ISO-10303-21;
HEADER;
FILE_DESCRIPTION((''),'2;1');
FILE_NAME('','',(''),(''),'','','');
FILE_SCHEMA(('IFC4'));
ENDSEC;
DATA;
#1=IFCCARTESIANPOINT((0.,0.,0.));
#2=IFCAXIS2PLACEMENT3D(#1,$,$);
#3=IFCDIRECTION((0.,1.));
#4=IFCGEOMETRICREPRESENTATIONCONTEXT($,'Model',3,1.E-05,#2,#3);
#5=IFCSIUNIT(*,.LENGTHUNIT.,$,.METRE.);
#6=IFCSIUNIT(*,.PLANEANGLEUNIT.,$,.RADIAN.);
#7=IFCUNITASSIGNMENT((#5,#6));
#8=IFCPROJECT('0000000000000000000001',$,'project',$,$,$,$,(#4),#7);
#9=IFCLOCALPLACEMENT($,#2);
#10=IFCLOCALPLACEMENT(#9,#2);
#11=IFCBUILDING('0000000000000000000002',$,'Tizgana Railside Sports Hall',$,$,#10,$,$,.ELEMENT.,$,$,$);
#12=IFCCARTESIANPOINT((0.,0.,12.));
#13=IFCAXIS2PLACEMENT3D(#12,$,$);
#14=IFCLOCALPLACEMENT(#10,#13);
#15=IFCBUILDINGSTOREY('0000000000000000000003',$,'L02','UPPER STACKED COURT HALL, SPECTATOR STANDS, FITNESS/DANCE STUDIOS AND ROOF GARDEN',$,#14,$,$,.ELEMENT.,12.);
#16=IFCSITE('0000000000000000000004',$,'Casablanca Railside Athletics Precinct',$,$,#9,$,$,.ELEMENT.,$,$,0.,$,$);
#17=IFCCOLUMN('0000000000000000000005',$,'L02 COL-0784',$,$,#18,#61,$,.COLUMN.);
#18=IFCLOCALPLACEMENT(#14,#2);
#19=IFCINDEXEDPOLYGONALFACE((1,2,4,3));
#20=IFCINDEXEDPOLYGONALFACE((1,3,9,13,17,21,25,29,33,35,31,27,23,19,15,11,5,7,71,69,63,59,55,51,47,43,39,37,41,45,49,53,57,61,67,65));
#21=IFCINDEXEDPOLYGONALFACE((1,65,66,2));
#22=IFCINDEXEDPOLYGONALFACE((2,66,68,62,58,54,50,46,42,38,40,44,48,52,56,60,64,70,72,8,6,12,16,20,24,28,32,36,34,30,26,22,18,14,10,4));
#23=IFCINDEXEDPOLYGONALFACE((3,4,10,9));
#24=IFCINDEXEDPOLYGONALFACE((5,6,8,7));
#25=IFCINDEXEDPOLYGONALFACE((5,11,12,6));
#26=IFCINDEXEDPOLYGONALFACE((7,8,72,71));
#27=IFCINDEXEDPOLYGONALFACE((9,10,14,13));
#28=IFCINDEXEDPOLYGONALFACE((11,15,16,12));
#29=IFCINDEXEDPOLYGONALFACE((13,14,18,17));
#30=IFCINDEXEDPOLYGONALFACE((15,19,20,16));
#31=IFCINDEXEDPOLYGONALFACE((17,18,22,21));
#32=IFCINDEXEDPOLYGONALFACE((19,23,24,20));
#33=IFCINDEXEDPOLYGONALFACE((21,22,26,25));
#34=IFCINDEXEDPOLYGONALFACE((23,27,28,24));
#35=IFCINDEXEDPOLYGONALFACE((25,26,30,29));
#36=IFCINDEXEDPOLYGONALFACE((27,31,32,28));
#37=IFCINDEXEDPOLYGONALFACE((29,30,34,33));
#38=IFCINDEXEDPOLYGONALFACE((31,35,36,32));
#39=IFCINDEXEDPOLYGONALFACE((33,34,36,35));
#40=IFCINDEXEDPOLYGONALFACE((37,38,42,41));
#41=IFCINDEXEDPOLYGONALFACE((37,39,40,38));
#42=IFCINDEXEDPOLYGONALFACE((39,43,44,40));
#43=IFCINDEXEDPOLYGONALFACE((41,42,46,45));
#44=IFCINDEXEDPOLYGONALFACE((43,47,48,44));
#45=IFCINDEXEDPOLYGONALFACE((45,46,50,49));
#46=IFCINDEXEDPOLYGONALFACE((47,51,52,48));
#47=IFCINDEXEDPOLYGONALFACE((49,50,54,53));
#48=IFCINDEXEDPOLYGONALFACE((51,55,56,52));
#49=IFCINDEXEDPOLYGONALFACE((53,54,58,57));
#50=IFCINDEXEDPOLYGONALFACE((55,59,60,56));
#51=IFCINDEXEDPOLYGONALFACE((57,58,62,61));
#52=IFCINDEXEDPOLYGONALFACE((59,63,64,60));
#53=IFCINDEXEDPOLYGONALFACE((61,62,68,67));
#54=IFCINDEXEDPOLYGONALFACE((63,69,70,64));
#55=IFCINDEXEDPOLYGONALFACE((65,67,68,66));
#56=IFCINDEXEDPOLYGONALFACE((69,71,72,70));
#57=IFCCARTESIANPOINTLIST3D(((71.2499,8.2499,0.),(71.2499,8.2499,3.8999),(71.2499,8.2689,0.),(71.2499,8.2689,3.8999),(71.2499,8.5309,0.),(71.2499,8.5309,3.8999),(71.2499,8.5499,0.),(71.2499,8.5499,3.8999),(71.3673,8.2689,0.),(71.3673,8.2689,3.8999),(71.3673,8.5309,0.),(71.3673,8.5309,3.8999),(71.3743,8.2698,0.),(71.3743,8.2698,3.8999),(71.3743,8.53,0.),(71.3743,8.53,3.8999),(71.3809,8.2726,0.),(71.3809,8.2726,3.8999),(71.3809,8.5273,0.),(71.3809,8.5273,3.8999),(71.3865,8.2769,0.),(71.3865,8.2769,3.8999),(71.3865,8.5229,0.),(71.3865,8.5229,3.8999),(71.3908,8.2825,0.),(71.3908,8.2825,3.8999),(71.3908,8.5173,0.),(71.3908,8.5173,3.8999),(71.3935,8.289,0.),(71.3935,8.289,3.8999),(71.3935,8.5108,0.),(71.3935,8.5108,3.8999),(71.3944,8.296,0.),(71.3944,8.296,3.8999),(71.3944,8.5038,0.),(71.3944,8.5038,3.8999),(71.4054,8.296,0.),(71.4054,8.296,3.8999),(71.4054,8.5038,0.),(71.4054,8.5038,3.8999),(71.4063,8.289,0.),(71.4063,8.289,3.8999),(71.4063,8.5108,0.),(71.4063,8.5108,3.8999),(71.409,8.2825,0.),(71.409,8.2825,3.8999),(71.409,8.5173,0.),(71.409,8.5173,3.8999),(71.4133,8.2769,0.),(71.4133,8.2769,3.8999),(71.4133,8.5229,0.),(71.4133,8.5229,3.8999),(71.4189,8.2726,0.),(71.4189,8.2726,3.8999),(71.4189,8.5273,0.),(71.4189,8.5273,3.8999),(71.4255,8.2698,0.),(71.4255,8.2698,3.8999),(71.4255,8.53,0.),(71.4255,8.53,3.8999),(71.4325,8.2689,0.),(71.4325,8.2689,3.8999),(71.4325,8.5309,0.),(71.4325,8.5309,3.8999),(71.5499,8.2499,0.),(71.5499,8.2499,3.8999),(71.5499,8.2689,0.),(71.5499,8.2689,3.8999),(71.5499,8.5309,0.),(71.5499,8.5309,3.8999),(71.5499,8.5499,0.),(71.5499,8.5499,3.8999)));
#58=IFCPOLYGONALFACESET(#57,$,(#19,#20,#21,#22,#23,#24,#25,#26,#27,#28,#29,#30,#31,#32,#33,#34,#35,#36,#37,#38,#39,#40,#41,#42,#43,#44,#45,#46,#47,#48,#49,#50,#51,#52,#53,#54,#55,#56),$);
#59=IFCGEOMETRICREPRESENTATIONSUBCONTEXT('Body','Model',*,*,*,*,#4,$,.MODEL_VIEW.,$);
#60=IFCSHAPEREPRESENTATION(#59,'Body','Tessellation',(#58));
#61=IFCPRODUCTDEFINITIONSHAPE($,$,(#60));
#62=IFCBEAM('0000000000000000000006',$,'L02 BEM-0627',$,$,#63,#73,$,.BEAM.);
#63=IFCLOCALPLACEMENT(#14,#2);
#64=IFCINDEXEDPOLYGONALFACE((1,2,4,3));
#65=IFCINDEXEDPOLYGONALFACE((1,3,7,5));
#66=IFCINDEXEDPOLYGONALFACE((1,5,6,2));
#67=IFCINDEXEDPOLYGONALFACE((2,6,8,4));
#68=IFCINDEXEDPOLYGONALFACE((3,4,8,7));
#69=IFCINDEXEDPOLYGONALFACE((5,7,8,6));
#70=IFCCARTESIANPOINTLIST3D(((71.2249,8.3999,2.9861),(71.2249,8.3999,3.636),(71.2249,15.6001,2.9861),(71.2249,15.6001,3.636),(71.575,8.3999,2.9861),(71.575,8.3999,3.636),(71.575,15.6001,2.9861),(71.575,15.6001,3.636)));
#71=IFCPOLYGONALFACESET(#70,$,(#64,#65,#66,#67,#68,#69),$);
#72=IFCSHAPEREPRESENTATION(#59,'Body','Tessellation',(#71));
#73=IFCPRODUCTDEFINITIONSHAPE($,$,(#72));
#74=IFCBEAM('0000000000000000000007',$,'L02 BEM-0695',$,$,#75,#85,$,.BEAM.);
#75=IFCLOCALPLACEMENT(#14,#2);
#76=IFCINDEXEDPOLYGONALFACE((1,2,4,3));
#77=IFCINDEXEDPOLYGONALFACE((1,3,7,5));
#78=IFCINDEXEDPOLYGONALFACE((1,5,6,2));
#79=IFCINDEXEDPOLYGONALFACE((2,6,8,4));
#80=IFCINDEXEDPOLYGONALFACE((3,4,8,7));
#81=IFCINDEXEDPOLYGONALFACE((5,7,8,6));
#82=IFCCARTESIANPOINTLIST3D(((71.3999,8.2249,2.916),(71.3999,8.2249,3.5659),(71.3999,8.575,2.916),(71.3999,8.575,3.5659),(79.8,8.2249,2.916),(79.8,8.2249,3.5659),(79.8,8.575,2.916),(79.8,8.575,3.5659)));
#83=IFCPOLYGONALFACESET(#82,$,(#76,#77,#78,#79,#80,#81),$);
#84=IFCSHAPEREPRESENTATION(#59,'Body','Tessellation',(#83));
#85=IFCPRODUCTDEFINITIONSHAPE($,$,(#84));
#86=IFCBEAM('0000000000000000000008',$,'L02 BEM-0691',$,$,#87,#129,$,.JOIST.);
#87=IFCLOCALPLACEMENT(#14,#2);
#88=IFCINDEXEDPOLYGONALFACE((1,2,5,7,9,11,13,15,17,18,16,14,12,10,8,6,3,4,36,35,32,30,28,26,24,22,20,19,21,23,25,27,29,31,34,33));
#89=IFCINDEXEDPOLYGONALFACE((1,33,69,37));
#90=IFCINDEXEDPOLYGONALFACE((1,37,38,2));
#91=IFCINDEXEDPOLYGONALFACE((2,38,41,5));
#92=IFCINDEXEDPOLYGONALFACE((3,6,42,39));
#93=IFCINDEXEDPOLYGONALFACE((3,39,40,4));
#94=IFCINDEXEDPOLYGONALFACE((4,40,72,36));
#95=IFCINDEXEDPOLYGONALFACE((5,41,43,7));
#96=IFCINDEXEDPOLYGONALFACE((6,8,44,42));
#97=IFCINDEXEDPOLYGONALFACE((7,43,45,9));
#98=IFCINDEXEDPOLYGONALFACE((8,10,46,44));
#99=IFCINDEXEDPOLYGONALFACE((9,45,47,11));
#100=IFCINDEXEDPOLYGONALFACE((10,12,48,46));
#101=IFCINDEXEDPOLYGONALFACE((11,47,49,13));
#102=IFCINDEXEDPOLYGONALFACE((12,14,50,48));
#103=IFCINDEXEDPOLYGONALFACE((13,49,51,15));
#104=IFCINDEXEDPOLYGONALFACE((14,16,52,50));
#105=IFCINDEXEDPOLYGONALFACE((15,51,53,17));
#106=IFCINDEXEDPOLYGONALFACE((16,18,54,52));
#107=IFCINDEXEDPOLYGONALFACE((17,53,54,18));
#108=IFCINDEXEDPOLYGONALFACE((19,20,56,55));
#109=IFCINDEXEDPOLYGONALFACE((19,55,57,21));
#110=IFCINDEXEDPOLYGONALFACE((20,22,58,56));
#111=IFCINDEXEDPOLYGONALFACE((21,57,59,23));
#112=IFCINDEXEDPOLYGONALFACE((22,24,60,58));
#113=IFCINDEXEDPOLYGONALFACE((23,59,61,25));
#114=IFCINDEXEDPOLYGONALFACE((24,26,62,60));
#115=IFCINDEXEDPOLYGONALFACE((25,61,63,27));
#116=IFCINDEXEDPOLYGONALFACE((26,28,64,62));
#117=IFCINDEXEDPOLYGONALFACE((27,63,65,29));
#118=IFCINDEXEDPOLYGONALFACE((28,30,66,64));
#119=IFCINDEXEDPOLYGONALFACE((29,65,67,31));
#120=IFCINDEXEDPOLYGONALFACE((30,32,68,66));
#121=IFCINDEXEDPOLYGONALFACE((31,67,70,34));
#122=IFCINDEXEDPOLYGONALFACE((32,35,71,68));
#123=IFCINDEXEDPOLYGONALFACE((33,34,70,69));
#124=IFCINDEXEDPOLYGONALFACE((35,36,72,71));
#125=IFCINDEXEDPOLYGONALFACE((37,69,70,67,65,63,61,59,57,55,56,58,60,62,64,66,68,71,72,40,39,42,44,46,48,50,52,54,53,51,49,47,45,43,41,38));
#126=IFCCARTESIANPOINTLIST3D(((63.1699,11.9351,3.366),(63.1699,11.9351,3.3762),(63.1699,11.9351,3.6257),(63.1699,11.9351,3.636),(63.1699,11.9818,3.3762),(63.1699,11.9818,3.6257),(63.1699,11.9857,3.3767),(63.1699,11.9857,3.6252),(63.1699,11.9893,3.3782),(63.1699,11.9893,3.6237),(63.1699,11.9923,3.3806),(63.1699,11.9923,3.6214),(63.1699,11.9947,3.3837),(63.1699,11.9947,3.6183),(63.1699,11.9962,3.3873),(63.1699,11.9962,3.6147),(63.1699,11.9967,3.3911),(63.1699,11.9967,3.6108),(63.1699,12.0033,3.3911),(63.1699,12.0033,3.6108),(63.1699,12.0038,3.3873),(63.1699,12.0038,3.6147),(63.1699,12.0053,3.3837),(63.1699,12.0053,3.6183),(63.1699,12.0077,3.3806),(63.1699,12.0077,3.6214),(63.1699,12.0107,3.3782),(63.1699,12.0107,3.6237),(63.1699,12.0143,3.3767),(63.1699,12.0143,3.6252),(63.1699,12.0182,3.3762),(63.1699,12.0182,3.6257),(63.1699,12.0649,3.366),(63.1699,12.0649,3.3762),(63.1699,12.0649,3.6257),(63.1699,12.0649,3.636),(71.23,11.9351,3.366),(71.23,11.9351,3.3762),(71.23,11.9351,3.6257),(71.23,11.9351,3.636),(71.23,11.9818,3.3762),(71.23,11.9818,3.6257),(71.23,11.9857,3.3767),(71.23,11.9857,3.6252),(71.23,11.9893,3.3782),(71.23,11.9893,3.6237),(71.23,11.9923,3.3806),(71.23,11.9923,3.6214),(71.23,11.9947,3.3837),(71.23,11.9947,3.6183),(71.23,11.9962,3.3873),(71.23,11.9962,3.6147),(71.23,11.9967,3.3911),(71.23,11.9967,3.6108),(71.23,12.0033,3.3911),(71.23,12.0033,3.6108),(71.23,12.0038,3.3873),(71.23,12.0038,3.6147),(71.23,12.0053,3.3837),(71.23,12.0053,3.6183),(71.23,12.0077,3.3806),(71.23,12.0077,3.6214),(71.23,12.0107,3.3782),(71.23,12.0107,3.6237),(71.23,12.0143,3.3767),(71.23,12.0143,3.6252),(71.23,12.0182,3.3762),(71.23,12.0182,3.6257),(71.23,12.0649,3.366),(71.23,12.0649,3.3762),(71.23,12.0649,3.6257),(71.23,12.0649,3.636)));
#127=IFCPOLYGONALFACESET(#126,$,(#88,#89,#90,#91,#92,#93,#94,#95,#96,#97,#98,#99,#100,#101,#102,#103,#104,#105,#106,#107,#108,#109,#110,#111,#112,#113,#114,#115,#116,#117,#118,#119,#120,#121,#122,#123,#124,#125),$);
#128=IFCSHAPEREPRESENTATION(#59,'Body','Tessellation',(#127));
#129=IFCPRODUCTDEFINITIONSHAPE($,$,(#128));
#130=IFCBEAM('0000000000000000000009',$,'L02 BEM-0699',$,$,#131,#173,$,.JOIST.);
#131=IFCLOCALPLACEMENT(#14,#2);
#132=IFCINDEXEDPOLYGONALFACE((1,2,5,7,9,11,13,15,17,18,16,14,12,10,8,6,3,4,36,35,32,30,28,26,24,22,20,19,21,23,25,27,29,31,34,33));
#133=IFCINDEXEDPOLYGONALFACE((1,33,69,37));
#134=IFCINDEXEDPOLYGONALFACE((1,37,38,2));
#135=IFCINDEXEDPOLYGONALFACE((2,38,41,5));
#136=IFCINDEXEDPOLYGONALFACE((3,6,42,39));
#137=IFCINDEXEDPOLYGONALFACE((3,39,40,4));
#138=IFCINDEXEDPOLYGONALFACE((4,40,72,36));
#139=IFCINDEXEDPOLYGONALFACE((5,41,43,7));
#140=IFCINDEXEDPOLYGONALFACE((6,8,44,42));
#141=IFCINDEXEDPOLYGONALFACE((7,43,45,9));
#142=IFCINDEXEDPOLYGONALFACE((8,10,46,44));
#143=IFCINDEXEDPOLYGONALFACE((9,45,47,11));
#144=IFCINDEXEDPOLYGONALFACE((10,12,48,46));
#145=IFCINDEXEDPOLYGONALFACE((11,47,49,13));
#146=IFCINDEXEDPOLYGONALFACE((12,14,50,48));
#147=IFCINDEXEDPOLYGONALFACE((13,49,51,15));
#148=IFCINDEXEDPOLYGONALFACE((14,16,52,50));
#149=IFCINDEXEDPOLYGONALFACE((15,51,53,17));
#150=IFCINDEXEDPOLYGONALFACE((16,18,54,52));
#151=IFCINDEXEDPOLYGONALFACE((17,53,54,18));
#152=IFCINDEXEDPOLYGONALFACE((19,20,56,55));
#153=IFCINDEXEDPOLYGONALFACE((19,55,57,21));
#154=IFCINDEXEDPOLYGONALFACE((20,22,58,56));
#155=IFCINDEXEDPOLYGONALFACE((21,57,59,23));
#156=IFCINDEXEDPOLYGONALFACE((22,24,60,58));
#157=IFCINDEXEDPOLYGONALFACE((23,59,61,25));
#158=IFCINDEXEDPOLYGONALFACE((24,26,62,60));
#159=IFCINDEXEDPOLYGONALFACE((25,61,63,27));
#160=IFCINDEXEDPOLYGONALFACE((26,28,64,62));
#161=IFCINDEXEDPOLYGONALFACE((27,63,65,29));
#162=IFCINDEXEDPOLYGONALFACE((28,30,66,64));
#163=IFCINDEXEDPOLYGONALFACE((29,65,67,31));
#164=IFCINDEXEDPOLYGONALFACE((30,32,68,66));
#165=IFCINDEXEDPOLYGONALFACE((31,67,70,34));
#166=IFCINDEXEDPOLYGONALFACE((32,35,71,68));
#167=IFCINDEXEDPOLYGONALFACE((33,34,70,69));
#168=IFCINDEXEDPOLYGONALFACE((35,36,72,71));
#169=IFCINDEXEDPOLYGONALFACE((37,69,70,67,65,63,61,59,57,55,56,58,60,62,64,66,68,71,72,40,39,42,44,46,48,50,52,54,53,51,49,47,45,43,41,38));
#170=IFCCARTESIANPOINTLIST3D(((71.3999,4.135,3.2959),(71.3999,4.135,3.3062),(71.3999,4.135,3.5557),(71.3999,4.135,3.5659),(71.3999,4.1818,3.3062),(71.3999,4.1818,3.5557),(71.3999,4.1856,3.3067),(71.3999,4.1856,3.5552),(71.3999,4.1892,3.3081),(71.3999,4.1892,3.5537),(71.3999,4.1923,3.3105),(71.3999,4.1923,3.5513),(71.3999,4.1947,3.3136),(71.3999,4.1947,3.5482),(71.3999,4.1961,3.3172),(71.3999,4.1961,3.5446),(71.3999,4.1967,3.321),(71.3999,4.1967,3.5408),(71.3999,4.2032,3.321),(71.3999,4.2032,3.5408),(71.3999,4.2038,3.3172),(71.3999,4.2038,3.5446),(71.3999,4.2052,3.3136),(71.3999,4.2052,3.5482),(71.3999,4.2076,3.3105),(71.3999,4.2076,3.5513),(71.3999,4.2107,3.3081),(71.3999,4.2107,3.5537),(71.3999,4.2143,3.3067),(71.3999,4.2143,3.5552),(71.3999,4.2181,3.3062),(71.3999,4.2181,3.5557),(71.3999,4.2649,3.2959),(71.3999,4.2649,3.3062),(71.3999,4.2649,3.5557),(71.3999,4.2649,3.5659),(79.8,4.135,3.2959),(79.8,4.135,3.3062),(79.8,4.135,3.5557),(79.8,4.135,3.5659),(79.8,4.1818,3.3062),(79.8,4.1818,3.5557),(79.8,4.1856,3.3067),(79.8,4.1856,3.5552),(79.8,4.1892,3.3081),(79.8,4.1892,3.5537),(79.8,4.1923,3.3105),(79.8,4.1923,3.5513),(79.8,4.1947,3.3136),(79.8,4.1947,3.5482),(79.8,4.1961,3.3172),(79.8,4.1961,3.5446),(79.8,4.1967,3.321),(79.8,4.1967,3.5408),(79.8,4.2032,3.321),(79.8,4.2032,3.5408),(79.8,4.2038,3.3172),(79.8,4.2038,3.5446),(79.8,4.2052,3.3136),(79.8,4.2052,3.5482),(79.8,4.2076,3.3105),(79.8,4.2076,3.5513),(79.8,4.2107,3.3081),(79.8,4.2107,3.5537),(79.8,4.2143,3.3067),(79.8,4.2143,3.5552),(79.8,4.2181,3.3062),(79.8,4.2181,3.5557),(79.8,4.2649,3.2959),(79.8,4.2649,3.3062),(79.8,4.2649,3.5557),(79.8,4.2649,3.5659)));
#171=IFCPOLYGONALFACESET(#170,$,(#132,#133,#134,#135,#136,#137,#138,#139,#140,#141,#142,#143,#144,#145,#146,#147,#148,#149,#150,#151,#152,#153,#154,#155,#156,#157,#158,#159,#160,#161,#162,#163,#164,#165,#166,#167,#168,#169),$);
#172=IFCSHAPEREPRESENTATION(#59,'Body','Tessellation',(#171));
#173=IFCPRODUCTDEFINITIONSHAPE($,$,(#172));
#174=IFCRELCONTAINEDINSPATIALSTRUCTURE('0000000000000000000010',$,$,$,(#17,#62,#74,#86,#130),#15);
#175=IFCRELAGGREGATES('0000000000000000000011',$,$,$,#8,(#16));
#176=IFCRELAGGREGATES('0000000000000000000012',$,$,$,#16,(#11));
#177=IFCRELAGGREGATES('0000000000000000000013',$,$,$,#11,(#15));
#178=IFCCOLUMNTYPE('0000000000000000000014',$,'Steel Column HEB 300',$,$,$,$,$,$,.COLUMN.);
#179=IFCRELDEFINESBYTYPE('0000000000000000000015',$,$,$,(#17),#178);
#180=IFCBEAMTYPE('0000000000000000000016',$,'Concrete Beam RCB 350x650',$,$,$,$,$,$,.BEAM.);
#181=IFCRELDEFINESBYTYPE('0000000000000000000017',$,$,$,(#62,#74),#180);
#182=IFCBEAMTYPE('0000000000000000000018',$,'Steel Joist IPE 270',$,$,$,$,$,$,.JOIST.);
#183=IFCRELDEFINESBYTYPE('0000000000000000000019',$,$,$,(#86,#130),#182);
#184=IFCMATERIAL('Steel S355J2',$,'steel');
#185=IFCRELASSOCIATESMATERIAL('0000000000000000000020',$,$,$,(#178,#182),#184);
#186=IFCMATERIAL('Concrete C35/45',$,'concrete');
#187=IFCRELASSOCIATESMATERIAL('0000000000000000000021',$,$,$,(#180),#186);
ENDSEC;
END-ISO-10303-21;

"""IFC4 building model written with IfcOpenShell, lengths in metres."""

from ifc_helpers import new_model, si_unit, direction, frame, origin, origin_2d, place, context, subcontext, project, spatial, rectangle, i_section, extrude, material, material_profile, profile_set, type_object, element, save


model = new_model("IFC4")

# Units and contexts
model_context = context("Model", 3, precision=1e-05, world=origin(), true_north=direction((0.0, 1.0)))
body_context = subcontext(model_context, "Body", "Model", "MODEL_VIEW")
ifc_project = project(units=[si_unit("LENGTHUNIT", "METRE"), si_unit("PLANEANGLEUNIT", "RADIAN")], contexts=[model_context])

# Site, building, storey
site_placement = place(None, origin())
site = spatial("IfcSite", under=ifc_project, at=site_placement, Name="Casablanca Railside Athletics Precinct", CompositionType="ELEMENT", RefElevation=0.0)
building_placement = place(site_placement, origin())
building = spatial("IfcBuilding", under=site, at=building_placement, Name="Tizgana Railside Sports Hall", CompositionType="ELEMENT")
storey_placement = place(building_placement, frame((0.0, 0.0, 12.0)))
storey = spatial("IfcBuildingStorey", under=building, at=storey_placement, Name="L02", Description="UPPER STACKED COURT HALL, SPECTATOR STANDS, FITNESS/DANCE STUDIOS AND ROOF GARDEN", CompositionType="ELEMENT", Elevation=12.0)

# Column
ifc_material_1 = material(Name="Steel S355J2", Category="steel")
ifc_material_profile_1 = material_profile(ifc_material_1, i_section(OverallWidth=0.3, OverallDepth=0.3, WebThickness=0.011, FlangeThickness=0.019, FilletRadius=0.0271, at=origin_2d()), Name="HEB 300")
ifc_profile_set_1 = profile_set([ifc_material_profile_1], Name="Steel S355J2")
column_type = type_object("IfcColumnType", Name="Steel Column HEB 300", PredefinedType="COLUMN", material=ifc_profile_set_1)
column_placement = place(storey_placement, frame((71.3999, 8.3999, 0.0), z_axis=(0.0, 0.0, 1.0), x_axis=(1.0, 0.0, 0.0)))
element("IfcColumn", 1, at=column_placement, inside=storey, type_object=column_type, Name="L02 COL-0784", PredefinedType="COLUMN", context=body_context, shape_type="SweptSolid", body=[
    extrude(i_section(OverallWidth=0.3, OverallDepth=0.3, WebThickness=0.011, FlangeThickness=0.019, FilletRadius=0.0271, at=origin_2d()), origin(), (0.0, 0.0, 1.0), 3.8999),
])

# Beams
ifc_material_2 = material(Name="Concrete C35/45", Category="concrete")
ifc_material_profile_2 = material_profile(ifc_material_2, rectangle(XDim=0.3501, YDim=0.6499, at=origin_2d()), Name="RCB 350x650")
ifc_profile_set_2 = profile_set([ifc_material_profile_2], Name="Concrete C35/45")
beam_type_1 = type_object("IfcBeamType", Name="Concrete Beam RCB 350x650", PredefinedType="BEAM", material=ifc_profile_set_2)
beam_1_placement = place(storey_placement, frame((71.3999, 8.3999, 3.311), z_axis=(0.0, 1.0, 0.0), x_axis=(-1.0, 0.0, 0.0)))
element("IfcBeam", 2, at=beam_1_placement, inside=storey, type_object=beam_type_1, Name="L02 BEM-0627", PredefinedType="BEAM", context=body_context, shape_type="SweptSolid", body=[
    extrude(rectangle(XDim=0.3501, YDim=0.6499, at=origin_2d()), origin(), (0.0, 0.0, 1.0), 7.2002),
])
beam_2_placement = place(storey_placement, frame((71.3999, 8.3999, 3.241), z_axis=(1.0, 0.0, 0.0), x_axis=(0.0, 1.0, 0.0)))
element("IfcBeam", 3, at=beam_2_placement, inside=storey, type_object=beam_type_1, Name="L02 BEM-0695", PredefinedType="BEAM", context=body_context, shape_type="SweptSolid", body=[
    extrude(rectangle(XDim=0.3501, YDim=0.6499, at=origin_2d()), origin(), (0.0, 0.0, 1.0), 8.4001),
])
ifc_material_profile_3 = material_profile(ifc_material_1, i_section(OverallWidth=0.1299, OverallDepth=0.27, WebThickness=0.0066, FlangeThickness=0.0103, FilletRadius=0.0149, at=origin_2d()), Name="IPE 270")
ifc_profile_set_3 = profile_set([ifc_material_profile_3], Name="Steel S355J2")
beam_type_2 = type_object("IfcBeamType", Name="Steel Joist IPE 270", PredefinedType="JOIST", material=ifc_profile_set_3)
beam_3_placement = place(storey_placement, frame((63.1699, 12.0, 3.501), z_axis=(1.0, 0.0, 0.0), x_axis=(0.0, 1.0, 0.0)))
element("IfcBeam", 4, at=beam_3_placement, inside=storey, type_object=beam_type_2, Name="L02 BEM-0691", PredefinedType="JOIST", context=body_context, shape_type="SweptSolid", body=[
    extrude(i_section(OverallWidth=0.1299, OverallDepth=0.27, WebThickness=0.0066, FlangeThickness=0.0103, FilletRadius=0.0149, at=origin_2d()), origin(), (0.0, 0.0, 1.0), 8.0601),
])
beam_4_placement = place(storey_placement, frame((71.3999, 4.2, 3.4309), z_axis=(1.0, 0.0, 0.0), x_axis=(0.0, 1.0, 0.0)))
element("IfcBeam", 5, at=beam_4_placement, inside=storey, type_object=beam_type_2, Name="L02 BEM-0699", PredefinedType="JOIST", context=body_context, shape_type="SweptSolid", body=[
    extrude(i_section(OverallWidth=0.1299, OverallDepth=0.27, WebThickness=0.0066, FlangeThickness=0.0103, FilletRadius=0.0149, at=origin_2d()), origin(), (0.0, 0.0, 1.0), 8.4001),
])

save(model, "model.ifc")
